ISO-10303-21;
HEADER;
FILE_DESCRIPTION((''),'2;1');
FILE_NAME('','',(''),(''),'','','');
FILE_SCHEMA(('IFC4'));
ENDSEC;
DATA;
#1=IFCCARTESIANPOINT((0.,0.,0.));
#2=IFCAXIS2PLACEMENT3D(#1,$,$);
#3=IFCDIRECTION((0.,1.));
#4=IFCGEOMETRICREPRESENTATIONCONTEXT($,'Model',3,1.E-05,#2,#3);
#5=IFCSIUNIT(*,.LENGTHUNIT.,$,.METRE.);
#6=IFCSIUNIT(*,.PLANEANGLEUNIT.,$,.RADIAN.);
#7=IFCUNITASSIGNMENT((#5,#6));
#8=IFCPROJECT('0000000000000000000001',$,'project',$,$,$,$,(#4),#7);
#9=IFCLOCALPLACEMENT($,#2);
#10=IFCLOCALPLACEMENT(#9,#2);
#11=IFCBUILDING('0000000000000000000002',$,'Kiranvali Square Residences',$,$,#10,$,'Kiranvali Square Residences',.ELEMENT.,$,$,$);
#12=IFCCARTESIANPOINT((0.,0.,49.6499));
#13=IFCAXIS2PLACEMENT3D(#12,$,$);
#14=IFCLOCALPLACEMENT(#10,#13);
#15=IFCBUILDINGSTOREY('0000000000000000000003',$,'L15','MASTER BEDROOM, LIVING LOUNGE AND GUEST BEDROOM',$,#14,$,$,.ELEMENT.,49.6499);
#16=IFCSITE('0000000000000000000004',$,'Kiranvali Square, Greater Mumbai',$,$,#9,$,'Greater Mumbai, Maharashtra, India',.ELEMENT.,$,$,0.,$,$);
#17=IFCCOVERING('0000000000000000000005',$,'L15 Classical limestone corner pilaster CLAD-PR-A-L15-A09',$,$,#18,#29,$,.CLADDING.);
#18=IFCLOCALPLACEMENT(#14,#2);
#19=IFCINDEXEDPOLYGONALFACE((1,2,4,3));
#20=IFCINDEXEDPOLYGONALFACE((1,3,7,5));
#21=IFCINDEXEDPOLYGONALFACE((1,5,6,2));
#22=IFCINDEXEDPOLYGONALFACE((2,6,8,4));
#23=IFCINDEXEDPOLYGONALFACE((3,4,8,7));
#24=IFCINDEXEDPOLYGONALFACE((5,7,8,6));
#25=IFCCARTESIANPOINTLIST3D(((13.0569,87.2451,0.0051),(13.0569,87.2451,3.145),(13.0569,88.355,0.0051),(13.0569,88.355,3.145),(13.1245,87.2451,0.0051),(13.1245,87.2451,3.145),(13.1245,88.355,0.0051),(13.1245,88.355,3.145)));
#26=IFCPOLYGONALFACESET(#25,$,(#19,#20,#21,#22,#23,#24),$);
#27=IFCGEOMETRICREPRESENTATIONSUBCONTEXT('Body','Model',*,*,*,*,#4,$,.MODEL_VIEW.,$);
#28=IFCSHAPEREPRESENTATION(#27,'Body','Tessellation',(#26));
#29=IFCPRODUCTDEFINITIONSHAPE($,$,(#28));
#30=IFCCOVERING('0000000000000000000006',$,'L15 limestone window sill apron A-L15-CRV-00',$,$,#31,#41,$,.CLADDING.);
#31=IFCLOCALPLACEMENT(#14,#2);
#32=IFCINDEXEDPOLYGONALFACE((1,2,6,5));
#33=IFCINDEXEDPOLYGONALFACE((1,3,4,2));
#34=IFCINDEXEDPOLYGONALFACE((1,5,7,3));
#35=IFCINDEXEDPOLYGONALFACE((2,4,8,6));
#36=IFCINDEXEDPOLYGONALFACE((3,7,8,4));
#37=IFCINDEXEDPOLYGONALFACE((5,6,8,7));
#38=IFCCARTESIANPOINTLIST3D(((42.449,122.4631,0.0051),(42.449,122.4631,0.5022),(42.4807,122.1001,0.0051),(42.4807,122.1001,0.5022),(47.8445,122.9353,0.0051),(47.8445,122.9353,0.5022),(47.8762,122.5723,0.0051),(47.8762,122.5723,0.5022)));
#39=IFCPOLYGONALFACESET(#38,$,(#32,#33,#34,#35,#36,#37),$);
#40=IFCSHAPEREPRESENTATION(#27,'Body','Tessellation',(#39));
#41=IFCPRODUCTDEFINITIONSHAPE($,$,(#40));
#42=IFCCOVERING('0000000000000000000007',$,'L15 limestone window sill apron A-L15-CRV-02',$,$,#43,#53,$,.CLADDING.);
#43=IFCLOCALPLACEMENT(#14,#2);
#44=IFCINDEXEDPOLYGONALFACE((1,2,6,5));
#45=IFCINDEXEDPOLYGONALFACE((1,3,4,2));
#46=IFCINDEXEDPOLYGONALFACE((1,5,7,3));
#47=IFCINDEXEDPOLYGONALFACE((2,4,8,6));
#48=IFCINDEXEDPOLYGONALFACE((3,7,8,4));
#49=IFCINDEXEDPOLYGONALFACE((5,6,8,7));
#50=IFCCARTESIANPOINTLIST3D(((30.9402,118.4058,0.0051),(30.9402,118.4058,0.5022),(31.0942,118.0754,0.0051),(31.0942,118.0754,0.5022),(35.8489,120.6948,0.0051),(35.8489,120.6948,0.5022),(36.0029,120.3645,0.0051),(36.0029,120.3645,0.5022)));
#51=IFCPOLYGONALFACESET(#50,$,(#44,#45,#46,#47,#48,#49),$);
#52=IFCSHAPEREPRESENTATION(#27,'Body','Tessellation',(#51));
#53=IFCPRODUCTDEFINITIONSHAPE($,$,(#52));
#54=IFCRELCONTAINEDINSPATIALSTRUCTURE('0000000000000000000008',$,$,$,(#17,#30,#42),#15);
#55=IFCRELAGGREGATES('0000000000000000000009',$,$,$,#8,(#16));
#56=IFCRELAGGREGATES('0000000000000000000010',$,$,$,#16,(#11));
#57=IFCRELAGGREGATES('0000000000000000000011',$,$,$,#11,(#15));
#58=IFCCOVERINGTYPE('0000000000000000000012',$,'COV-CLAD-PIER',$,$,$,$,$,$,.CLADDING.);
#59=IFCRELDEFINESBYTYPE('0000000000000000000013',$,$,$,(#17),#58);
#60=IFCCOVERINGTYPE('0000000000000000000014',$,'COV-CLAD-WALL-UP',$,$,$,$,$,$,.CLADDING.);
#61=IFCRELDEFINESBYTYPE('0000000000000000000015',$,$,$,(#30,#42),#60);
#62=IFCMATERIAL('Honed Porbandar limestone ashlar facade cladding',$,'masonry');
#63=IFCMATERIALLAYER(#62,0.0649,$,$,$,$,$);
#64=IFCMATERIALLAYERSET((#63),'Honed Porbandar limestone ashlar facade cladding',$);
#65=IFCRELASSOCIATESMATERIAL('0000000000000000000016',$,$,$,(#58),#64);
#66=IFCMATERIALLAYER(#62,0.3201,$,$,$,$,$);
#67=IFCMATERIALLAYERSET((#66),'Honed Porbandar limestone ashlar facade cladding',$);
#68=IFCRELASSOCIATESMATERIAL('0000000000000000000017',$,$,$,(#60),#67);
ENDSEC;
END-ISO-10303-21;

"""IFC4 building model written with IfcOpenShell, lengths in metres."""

from ifc_helpers import new_model, si_unit, direction, frame, origin, place, context, subcontext, project, spatial, polyline, outline, extrude, material, layer, layer_set, type_object, element, save


model = new_model("IFC4")

# Units and contexts
model_context = context("Model", 3, precision=1e-05, world=origin(), true_north=direction((0.0, 1.0)))
body_context = subcontext(model_context, "Body", "Model", "MODEL_VIEW")
ifc_project = project(units=[si_unit("LENGTHUNIT", "METRE"), si_unit("PLANEANGLEUNIT", "RADIAN")], contexts=[model_context])

# Site, building, storey
site_placement = place(None, origin())
site = spatial("IfcSite", under=ifc_project, at=site_placement, Name="Kiranvali Square, Greater Mumbai", LongName="Greater Mumbai, Maharashtra, India", CompositionType="ELEMENT", RefElevation=0.0)
building_placement = place(site_placement, origin())
building = spatial("IfcBuilding", under=site, at=building_placement, Name="Kiranvali Square Residences", LongName="Kiranvali Square Residences", CompositionType="ELEMENT")
storey_placement = place(building_placement, frame((0.0, 0.0, 49.6499)))
storey = spatial("IfcBuildingStorey", under=building, at=storey_placement, Name="L15", Description="MASTER BEDROOM, LIVING LOUNGE AND GUEST BEDROOM", CompositionType="ELEMENT", Elevation=49.6499)

# Coverings
ifc_material_1 = material(Name="Honed Porbandar limestone ashlar facade cladding", Category="masonry")
ifc_layer_1 = layer(ifc_material_1, 0.0649)
ifc_layer_set_1 = layer_set([ifc_layer_1], Name="Honed Porbandar limestone ashlar facade cladding")
covering_type_1 = type_object("IfcCoveringType", Name="COV-CLAD-PIER", PredefinedType="CLADDING", material=ifc_layer_set_1)
covering_1_placement = place(storey_placement, frame((0.0, 0.0, 0.0051)))
element("IfcCovering", 1, at=covering_1_placement, inside=storey, type_object=covering_type_1, Name="L15 Classical limestone corner pilaster CLAD-PR-A-L15-A09", PredefinedType="CLADDING", context=body_context, shape_type="SweptSolid", body=[
    extrude(outline(polyline([(13.0569, 88.355), (13.0569, 87.2451), (13.1245, 87.2451), (13.1245, 88.355), (13.0569, 88.355)])), origin(), (0.0, 0.0, 1.0), 3.1399),
])
ifc_layer_2 = layer(ifc_material_1, 0.3201)
ifc_layer_set_2 = layer_set([ifc_layer_2], Name="Honed Porbandar limestone ashlar facade cladding")
covering_type_2 = type_object("IfcCoveringType", Name="COV-CLAD-WALL-UP", PredefinedType="CLADDING", material=ifc_layer_set_2)
covering_2_placement = place(storey_placement, frame((0.0, 0.0, 0.0051)))
element("IfcCovering", 2, at=covering_2_placement, inside=storey, type_object=covering_type_2, Name="L15 limestone window sill apron A-L15-CRV-00", PredefinedType="CLADDING", context=body_context, shape_type="SweptSolid", body=[
    extrude(outline(polyline([(47.8445, 122.9353), (42.449, 122.4631), (42.4807, 122.1001), (47.8762, 122.5723), (47.8445, 122.9353)])), origin(), (0.0, 0.0, 1.0), 0.4971),
])
covering_3_placement = place(storey_placement, frame((0.0, 0.0, 0.0051)))
element("IfcCovering", 3, at=covering_3_placement, inside=storey, type_object=covering_type_2, Name="L15 limestone window sill apron A-L15-CRV-02", PredefinedType="CLADDING", context=body_context, shape_type="SweptSolid", body=[
    extrude(outline(polyline([(35.8489, 120.6948), (30.9402, 118.4058), (31.0942, 118.0754), (36.0029, 120.3645), (35.8489, 120.6948)])), origin(), (0.0, 0.0, 1.0), 0.4971),
])

save(model, "model.ifc")
